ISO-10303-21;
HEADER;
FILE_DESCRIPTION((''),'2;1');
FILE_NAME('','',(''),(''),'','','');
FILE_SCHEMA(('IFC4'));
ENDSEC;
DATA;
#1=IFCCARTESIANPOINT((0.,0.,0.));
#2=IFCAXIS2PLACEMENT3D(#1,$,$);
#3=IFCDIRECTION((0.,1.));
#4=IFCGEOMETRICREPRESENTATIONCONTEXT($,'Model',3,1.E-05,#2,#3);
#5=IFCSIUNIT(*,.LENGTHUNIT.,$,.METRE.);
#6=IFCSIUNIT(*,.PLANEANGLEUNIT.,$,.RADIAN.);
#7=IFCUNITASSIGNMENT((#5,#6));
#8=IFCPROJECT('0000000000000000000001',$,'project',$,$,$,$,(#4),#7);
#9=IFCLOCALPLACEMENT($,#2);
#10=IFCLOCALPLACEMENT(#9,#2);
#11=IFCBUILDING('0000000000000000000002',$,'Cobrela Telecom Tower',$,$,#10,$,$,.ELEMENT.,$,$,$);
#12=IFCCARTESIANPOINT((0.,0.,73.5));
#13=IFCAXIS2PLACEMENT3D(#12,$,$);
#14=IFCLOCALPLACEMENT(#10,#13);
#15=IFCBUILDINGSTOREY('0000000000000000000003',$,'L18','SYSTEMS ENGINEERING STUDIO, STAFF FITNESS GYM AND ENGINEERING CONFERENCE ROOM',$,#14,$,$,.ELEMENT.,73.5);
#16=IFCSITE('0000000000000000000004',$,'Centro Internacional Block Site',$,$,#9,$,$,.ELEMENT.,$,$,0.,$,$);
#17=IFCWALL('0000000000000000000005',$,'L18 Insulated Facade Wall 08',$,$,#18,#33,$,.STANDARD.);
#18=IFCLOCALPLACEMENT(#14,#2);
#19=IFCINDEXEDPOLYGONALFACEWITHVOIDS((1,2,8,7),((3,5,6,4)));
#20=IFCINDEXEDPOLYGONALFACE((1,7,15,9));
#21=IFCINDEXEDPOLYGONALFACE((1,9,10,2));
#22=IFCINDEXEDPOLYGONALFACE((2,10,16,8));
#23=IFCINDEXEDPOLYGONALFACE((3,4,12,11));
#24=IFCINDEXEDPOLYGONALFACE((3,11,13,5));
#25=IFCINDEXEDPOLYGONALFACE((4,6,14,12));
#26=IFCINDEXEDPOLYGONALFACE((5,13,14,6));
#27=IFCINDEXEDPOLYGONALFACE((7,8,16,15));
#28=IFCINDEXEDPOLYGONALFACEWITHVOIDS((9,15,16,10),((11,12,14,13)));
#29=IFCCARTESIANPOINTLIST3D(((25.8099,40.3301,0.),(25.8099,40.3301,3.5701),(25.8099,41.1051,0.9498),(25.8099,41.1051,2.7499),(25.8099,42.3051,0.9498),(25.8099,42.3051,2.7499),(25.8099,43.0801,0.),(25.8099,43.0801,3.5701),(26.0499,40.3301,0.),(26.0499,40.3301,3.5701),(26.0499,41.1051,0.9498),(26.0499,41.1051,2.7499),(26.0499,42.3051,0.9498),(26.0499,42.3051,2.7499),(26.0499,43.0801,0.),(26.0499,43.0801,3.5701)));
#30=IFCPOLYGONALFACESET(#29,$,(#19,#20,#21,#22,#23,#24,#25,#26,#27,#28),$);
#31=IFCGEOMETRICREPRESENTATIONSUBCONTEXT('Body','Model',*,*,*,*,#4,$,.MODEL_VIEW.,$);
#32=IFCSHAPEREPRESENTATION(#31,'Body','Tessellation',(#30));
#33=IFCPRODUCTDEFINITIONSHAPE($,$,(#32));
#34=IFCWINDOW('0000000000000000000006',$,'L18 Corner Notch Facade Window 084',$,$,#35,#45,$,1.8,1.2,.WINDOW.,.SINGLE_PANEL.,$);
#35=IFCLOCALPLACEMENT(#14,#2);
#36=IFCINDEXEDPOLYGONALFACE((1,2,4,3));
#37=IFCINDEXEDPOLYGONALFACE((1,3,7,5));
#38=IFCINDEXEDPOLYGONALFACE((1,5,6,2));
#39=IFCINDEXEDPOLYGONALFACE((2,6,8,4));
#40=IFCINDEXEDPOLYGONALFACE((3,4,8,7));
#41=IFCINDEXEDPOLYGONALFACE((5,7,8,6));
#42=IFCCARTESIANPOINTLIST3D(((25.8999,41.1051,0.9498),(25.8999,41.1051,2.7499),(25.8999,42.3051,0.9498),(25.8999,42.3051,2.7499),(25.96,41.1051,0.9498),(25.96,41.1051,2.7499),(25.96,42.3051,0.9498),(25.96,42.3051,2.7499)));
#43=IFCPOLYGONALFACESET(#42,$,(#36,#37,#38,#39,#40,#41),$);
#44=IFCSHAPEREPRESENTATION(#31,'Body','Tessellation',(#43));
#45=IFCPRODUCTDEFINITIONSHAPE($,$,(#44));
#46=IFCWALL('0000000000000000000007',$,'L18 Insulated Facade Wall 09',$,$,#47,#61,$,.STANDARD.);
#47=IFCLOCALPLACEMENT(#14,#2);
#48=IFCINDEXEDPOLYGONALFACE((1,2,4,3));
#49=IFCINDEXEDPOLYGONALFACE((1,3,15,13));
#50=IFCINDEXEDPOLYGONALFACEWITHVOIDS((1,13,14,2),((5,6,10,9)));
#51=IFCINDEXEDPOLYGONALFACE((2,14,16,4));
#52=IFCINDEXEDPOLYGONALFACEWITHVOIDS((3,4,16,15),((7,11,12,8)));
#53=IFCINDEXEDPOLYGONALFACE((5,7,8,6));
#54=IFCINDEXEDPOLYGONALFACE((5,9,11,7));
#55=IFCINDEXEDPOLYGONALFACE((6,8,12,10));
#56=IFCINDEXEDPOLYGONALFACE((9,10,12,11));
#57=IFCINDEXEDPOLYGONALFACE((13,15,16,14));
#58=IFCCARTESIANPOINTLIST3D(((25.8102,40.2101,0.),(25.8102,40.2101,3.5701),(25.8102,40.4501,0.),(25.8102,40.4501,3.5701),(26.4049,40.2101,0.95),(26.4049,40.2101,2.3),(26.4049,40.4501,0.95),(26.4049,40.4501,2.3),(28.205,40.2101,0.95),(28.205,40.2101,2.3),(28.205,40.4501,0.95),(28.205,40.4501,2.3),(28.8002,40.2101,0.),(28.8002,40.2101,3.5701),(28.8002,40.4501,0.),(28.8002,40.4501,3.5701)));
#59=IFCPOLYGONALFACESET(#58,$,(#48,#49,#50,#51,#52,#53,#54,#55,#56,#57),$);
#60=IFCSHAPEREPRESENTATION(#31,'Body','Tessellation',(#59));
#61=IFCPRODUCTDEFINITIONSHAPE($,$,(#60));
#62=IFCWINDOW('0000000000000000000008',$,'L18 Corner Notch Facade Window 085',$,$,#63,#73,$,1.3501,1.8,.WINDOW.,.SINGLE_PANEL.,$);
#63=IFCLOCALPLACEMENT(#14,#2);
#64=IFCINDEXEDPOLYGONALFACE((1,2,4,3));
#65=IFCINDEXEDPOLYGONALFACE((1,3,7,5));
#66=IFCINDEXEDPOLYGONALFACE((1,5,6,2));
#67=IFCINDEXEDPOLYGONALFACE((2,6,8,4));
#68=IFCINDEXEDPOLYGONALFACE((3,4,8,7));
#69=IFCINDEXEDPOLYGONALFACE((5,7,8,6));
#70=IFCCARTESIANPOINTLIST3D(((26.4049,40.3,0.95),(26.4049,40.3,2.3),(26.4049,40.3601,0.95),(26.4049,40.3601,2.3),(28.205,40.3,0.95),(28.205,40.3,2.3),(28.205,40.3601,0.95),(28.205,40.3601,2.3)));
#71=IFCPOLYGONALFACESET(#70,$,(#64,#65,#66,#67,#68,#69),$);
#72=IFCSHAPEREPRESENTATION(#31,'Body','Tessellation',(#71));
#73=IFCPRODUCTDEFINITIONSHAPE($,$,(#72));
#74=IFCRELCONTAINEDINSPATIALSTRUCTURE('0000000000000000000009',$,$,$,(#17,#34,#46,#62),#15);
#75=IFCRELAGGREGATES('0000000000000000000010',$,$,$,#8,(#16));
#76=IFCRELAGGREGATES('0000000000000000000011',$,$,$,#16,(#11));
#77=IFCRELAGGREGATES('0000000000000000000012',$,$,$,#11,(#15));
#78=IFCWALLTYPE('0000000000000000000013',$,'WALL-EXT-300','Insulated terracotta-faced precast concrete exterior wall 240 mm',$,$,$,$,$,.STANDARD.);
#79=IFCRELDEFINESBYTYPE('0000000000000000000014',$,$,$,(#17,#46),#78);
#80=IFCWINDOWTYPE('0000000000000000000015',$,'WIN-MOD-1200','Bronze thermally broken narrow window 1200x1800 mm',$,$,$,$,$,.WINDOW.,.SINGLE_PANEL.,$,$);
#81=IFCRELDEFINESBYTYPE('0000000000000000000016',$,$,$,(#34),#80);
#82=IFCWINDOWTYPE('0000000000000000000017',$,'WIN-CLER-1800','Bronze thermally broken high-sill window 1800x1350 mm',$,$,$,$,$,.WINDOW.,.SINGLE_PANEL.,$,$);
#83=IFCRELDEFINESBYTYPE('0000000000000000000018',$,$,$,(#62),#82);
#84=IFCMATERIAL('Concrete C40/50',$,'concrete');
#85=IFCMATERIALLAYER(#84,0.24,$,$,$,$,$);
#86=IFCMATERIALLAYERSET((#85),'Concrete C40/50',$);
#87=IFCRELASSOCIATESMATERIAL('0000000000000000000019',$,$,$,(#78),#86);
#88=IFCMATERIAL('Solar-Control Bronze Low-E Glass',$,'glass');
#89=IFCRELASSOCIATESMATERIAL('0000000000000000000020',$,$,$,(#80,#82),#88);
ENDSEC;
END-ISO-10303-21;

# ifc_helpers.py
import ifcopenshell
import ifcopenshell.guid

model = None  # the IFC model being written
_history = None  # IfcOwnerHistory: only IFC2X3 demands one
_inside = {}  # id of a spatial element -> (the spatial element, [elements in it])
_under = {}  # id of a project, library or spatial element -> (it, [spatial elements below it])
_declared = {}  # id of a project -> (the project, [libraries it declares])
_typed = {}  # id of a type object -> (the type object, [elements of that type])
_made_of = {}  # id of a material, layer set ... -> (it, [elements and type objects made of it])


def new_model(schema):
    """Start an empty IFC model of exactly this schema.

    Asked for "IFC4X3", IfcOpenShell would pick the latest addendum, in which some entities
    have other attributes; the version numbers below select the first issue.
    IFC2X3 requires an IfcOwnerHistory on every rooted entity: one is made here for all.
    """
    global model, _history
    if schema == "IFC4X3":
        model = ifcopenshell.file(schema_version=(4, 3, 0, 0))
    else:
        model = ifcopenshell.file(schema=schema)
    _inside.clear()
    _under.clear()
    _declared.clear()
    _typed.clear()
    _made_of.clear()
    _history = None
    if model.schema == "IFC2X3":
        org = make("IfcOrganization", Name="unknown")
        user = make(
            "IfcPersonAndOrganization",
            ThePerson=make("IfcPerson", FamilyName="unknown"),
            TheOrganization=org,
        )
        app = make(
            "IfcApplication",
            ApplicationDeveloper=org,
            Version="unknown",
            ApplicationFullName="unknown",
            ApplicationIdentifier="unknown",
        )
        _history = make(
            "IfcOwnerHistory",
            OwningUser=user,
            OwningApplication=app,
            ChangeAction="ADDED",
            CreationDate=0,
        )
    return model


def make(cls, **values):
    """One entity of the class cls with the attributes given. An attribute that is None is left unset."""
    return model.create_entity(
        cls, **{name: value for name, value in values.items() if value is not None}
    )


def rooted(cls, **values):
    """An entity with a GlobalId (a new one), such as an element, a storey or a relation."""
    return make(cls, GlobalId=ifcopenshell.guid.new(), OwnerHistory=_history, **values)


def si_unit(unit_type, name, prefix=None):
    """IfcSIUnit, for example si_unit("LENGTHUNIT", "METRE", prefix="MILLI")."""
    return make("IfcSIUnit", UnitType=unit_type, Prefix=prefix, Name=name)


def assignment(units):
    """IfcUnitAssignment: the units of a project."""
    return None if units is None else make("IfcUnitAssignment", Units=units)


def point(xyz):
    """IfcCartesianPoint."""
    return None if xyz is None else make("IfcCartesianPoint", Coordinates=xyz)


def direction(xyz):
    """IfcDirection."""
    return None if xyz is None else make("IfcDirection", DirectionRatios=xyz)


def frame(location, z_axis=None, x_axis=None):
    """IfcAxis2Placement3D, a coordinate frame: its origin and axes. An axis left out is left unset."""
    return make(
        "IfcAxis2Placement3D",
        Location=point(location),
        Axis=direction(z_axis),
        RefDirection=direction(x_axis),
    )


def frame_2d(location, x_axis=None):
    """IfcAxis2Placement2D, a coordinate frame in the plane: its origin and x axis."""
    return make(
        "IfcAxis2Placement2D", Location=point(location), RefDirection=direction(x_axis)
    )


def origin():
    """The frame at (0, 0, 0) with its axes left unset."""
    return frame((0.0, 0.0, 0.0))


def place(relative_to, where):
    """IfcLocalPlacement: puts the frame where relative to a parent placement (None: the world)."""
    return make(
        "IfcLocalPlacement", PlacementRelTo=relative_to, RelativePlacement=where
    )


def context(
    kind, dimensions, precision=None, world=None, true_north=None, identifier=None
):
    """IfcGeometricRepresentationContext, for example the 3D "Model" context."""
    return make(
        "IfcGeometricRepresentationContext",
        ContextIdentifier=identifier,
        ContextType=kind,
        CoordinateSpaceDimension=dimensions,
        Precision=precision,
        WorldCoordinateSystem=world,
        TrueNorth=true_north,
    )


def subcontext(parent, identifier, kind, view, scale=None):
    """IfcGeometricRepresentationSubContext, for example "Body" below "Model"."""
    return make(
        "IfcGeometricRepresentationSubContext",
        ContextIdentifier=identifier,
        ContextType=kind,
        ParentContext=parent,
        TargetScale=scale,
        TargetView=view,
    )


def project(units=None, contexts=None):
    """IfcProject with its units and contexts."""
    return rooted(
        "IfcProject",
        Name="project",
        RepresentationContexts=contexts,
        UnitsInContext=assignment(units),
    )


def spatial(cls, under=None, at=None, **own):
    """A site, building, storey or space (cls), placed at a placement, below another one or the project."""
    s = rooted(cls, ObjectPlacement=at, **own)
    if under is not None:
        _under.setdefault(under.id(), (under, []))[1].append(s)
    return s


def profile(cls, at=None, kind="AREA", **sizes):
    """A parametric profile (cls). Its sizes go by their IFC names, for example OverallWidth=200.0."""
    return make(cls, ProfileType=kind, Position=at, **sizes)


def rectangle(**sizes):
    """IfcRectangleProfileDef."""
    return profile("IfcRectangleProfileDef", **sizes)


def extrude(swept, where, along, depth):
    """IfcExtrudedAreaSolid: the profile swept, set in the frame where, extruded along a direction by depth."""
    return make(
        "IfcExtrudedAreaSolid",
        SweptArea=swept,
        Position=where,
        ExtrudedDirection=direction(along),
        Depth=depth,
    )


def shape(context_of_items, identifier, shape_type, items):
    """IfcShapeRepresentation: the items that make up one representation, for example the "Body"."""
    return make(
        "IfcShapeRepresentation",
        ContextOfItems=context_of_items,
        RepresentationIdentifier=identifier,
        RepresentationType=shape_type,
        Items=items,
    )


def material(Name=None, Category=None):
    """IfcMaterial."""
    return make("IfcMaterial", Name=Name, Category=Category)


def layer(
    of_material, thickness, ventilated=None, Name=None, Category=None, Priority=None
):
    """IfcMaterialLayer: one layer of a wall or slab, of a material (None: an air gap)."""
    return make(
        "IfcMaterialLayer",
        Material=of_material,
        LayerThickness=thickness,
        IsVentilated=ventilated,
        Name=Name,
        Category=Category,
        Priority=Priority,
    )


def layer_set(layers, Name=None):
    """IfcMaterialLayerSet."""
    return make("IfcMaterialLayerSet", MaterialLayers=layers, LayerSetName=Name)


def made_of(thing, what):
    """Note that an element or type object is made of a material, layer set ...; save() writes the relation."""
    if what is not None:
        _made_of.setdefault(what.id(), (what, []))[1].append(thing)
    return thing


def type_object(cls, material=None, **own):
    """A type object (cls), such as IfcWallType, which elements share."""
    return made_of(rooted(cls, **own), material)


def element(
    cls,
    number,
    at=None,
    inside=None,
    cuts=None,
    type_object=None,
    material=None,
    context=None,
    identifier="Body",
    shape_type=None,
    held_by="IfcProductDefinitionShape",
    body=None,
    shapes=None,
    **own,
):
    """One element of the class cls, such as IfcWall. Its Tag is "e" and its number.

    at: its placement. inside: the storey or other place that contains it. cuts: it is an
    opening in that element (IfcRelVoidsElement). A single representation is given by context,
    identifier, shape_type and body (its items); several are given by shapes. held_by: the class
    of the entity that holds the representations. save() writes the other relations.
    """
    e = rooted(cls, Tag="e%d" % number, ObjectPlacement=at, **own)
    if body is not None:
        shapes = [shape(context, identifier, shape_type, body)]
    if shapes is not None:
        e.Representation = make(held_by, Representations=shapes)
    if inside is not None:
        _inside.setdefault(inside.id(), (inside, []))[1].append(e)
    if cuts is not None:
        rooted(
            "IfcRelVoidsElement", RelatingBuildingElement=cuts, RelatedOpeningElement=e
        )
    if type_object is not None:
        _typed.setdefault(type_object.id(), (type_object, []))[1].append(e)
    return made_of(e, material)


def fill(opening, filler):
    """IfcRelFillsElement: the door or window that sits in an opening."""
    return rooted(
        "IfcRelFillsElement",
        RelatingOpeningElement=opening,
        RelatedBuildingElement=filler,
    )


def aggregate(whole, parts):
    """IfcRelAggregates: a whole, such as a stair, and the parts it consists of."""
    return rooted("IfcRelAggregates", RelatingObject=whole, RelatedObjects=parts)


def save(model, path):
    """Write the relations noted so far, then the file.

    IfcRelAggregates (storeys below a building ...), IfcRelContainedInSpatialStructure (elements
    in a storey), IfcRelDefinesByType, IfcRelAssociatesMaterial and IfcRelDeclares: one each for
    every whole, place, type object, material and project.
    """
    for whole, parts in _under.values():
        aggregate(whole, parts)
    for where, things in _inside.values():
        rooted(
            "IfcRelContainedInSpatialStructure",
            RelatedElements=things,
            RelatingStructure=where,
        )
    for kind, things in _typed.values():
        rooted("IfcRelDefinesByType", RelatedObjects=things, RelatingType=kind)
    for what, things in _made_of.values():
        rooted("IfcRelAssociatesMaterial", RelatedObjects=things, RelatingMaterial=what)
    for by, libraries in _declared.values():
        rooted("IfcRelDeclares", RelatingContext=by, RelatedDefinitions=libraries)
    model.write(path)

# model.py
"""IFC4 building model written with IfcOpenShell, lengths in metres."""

from ifc_helpers import new_model, si_unit, direction, frame, frame_2d, origin, place, context, subcontext, project, spatial, rectangle, extrude, material, layer, layer_set, type_object, element, fill, save


model = new_model("IFC4")

# Units and contexts
model_context = context("Model", 3, precision=1e-05, world=origin(), true_north=direction((0.0, 1.0)))
body_context = subcontext(model_context, "Body", "Model", "MODEL_VIEW")
ifc_project = project(units=[si_unit("LENGTHUNIT", "METRE"), si_unit("PLANEANGLEUNIT", "RADIAN")], contexts=[model_context])

# Site, building, storey
site_placement = place(None, origin())
site = spatial("IfcSite", under=ifc_project, at=site_placement, Name="Centro Internacional Block Site", CompositionType="ELEMENT", RefElevation=0.0)
building_placement = place(site_placement, origin())
building = spatial("IfcBuilding", under=site, at=building_placement, Name="Cobrela Telecom Tower", CompositionType="ELEMENT")
storey_placement = place(building_placement, frame((0.0, 0.0, 73.5)))
storey = spatial("IfcBuildingStorey", under=building, at=storey_placement, Name="L18", Description="SYSTEMS ENGINEERING STUDIO, STAFF FITNESS GYM AND ENGINEERING CONFERENCE ROOM", CompositionType="ELEMENT", Elevation=73.5)

# Shared definitions
ifc_material_1 = material(Name="Solar-Control Bronze Low-E Glass", Category="glass")

# Walls, openings, windows
ifc_material_2 = material(Name="Concrete C40/50", Category="concrete")
ifc_layer_1 = layer(ifc_material_2, 0.24)
ifc_layer_set_1 = layer_set([ifc_layer_1], Name="Concrete C40/50")
wall_type = type_object("IfcWallType", Name="WALL-EXT-300", Description="Insulated terracotta-faced precast concrete exterior wall 240 mm", PredefinedType="STANDARD", material=ifc_layer_set_1)
wall_1_placement = place(storey_placement, frame((25.9299, 43.0801, 0.0), z_axis=(0.0, 0.0, 1.0), x_axis=(0.0, -1.0, 0.0)))
wall_1 = element("IfcWall", 1, at=wall_1_placement, inside=storey, type_object=wall_type, Name="L18 Insulated Facade Wall 08", PredefinedType="STANDARD", context=body_context, shape_type="SweptSolid", body=[
    extrude(rectangle(XDim=2.75, YDim=0.24, at=frame_2d((1.375, 0.0))), origin(), (0.0, 0.0, 1.0), 3.5701),
])
opening_1_placement = place(wall_1_placement, frame((0.7749, 0.0, 0.95)))
opening_1 = element("IfcOpeningElement", 2, at=opening_1_placement, cuts=wall_1, PredefinedType="OPENING", context=body_context, shape_type="SweptSolid", body=[
    extrude(rectangle(XDim=1.2, YDim=1.8, at=frame_2d((0.6001, 0.8999))), frame((0.0, 0.1318, 0.0), z_axis=(0.0, -1.0, 0.0), x_axis=(1.0, 0.0, 0.0)), (0.0, 0.0, 1.0), 0.2639),
])
window_type_1 = type_object("IfcWindowType", Name="WIN-MOD-1200", Description="Bronze thermally broken narrow window 1200x1800 mm", PartitioningType="SINGLE_PANEL", PredefinedType="WINDOW", material=ifc_material_1)
window_1_placement = place(opening_1_placement, origin())
window_1 = element("IfcWindow", 3, at=window_1_placement, inside=storey, type_object=window_type_1, Name="L18 Corner Notch Facade Window 084", OverallHeight=1.8, OverallWidth=1.2, PartitioningType="SINGLE_PANEL", PredefinedType="WINDOW", context=body_context, shape_type="SweptSolid", body=[
    extrude(rectangle(XDim=1.2, YDim=1.8, at=frame_2d((0.6001, 0.8999))), frame((0.0, 0.03, 0.0), z_axis=(0.0, -1.0, 0.0), x_axis=(1.0, 0.0, 0.0)), (0.0, 0.0, 1.0), 0.0601),
])
fill(opening_1, window_1)
wall_2_placement = place(storey_placement, frame((25.8101, 40.3301, 0.0), z_axis=(0.0, 0.0, 1.0), x_axis=(1.0, 0.0, 0.0)))
wall_2 = element("IfcWall", 4, at=wall_2_placement, inside=storey, type_object=wall_type, Name="L18 Insulated Facade Wall 09", PredefinedType="STANDARD", context=body_context, shape_type="SweptSolid", body=[
    extrude(rectangle(XDim=2.99, YDim=0.24, at=frame_2d((1.4951, 0.0))), origin(), (0.0, 0.0, 1.0), 3.5701),
])
opening_2_placement = place(wall_2_placement, frame((0.595, 0.0, 0.95)))
opening_2 = element("IfcOpeningElement", 5, at=opening_2_placement, cuts=wall_2, PredefinedType="OPENING", context=body_context, shape_type="SweptSolid", body=[
    extrude(rectangle(XDim=1.8, YDim=1.3501, at=frame_2d((0.8999, 0.675))), frame((0.0, 0.1318, 0.0), z_axis=(0.0, -1.0, 0.0), x_axis=(1.0, 0.0, 0.0)), (0.0, 0.0, 1.0), 0.2639),
])
window_type_2 = type_object("IfcWindowType", Name="WIN-CLER-1800", Description="Bronze thermally broken high-sill window 1800x1350 mm", PartitioningType="SINGLE_PANEL", PredefinedType="WINDOW", material=ifc_material_1)
window_2_placement = place(opening_2_placement, origin())
window_2 = element("IfcWindow", 6, at=window_2_placement, inside=storey, type_object=window_type_2, Name="L18 Corner Notch Facade Window 085", OverallHeight=1.3501, OverallWidth=1.8, PartitioningType="SINGLE_PANEL", PredefinedType="WINDOW", context=body_context, shape_type="SweptSolid", body=[
    extrude(rectangle(XDim=1.8, YDim=1.3501, at=frame_2d((0.8999, 0.675))), frame((0.0, 0.03, 0.0), z_axis=(0.0, -1.0, 0.0), x_axis=(1.0, 0.0, 0.0)), (0.0, 0.0, 1.0), 0.0601),
])
fill(opening_2, window_2)

save(model, "model.ifc")
